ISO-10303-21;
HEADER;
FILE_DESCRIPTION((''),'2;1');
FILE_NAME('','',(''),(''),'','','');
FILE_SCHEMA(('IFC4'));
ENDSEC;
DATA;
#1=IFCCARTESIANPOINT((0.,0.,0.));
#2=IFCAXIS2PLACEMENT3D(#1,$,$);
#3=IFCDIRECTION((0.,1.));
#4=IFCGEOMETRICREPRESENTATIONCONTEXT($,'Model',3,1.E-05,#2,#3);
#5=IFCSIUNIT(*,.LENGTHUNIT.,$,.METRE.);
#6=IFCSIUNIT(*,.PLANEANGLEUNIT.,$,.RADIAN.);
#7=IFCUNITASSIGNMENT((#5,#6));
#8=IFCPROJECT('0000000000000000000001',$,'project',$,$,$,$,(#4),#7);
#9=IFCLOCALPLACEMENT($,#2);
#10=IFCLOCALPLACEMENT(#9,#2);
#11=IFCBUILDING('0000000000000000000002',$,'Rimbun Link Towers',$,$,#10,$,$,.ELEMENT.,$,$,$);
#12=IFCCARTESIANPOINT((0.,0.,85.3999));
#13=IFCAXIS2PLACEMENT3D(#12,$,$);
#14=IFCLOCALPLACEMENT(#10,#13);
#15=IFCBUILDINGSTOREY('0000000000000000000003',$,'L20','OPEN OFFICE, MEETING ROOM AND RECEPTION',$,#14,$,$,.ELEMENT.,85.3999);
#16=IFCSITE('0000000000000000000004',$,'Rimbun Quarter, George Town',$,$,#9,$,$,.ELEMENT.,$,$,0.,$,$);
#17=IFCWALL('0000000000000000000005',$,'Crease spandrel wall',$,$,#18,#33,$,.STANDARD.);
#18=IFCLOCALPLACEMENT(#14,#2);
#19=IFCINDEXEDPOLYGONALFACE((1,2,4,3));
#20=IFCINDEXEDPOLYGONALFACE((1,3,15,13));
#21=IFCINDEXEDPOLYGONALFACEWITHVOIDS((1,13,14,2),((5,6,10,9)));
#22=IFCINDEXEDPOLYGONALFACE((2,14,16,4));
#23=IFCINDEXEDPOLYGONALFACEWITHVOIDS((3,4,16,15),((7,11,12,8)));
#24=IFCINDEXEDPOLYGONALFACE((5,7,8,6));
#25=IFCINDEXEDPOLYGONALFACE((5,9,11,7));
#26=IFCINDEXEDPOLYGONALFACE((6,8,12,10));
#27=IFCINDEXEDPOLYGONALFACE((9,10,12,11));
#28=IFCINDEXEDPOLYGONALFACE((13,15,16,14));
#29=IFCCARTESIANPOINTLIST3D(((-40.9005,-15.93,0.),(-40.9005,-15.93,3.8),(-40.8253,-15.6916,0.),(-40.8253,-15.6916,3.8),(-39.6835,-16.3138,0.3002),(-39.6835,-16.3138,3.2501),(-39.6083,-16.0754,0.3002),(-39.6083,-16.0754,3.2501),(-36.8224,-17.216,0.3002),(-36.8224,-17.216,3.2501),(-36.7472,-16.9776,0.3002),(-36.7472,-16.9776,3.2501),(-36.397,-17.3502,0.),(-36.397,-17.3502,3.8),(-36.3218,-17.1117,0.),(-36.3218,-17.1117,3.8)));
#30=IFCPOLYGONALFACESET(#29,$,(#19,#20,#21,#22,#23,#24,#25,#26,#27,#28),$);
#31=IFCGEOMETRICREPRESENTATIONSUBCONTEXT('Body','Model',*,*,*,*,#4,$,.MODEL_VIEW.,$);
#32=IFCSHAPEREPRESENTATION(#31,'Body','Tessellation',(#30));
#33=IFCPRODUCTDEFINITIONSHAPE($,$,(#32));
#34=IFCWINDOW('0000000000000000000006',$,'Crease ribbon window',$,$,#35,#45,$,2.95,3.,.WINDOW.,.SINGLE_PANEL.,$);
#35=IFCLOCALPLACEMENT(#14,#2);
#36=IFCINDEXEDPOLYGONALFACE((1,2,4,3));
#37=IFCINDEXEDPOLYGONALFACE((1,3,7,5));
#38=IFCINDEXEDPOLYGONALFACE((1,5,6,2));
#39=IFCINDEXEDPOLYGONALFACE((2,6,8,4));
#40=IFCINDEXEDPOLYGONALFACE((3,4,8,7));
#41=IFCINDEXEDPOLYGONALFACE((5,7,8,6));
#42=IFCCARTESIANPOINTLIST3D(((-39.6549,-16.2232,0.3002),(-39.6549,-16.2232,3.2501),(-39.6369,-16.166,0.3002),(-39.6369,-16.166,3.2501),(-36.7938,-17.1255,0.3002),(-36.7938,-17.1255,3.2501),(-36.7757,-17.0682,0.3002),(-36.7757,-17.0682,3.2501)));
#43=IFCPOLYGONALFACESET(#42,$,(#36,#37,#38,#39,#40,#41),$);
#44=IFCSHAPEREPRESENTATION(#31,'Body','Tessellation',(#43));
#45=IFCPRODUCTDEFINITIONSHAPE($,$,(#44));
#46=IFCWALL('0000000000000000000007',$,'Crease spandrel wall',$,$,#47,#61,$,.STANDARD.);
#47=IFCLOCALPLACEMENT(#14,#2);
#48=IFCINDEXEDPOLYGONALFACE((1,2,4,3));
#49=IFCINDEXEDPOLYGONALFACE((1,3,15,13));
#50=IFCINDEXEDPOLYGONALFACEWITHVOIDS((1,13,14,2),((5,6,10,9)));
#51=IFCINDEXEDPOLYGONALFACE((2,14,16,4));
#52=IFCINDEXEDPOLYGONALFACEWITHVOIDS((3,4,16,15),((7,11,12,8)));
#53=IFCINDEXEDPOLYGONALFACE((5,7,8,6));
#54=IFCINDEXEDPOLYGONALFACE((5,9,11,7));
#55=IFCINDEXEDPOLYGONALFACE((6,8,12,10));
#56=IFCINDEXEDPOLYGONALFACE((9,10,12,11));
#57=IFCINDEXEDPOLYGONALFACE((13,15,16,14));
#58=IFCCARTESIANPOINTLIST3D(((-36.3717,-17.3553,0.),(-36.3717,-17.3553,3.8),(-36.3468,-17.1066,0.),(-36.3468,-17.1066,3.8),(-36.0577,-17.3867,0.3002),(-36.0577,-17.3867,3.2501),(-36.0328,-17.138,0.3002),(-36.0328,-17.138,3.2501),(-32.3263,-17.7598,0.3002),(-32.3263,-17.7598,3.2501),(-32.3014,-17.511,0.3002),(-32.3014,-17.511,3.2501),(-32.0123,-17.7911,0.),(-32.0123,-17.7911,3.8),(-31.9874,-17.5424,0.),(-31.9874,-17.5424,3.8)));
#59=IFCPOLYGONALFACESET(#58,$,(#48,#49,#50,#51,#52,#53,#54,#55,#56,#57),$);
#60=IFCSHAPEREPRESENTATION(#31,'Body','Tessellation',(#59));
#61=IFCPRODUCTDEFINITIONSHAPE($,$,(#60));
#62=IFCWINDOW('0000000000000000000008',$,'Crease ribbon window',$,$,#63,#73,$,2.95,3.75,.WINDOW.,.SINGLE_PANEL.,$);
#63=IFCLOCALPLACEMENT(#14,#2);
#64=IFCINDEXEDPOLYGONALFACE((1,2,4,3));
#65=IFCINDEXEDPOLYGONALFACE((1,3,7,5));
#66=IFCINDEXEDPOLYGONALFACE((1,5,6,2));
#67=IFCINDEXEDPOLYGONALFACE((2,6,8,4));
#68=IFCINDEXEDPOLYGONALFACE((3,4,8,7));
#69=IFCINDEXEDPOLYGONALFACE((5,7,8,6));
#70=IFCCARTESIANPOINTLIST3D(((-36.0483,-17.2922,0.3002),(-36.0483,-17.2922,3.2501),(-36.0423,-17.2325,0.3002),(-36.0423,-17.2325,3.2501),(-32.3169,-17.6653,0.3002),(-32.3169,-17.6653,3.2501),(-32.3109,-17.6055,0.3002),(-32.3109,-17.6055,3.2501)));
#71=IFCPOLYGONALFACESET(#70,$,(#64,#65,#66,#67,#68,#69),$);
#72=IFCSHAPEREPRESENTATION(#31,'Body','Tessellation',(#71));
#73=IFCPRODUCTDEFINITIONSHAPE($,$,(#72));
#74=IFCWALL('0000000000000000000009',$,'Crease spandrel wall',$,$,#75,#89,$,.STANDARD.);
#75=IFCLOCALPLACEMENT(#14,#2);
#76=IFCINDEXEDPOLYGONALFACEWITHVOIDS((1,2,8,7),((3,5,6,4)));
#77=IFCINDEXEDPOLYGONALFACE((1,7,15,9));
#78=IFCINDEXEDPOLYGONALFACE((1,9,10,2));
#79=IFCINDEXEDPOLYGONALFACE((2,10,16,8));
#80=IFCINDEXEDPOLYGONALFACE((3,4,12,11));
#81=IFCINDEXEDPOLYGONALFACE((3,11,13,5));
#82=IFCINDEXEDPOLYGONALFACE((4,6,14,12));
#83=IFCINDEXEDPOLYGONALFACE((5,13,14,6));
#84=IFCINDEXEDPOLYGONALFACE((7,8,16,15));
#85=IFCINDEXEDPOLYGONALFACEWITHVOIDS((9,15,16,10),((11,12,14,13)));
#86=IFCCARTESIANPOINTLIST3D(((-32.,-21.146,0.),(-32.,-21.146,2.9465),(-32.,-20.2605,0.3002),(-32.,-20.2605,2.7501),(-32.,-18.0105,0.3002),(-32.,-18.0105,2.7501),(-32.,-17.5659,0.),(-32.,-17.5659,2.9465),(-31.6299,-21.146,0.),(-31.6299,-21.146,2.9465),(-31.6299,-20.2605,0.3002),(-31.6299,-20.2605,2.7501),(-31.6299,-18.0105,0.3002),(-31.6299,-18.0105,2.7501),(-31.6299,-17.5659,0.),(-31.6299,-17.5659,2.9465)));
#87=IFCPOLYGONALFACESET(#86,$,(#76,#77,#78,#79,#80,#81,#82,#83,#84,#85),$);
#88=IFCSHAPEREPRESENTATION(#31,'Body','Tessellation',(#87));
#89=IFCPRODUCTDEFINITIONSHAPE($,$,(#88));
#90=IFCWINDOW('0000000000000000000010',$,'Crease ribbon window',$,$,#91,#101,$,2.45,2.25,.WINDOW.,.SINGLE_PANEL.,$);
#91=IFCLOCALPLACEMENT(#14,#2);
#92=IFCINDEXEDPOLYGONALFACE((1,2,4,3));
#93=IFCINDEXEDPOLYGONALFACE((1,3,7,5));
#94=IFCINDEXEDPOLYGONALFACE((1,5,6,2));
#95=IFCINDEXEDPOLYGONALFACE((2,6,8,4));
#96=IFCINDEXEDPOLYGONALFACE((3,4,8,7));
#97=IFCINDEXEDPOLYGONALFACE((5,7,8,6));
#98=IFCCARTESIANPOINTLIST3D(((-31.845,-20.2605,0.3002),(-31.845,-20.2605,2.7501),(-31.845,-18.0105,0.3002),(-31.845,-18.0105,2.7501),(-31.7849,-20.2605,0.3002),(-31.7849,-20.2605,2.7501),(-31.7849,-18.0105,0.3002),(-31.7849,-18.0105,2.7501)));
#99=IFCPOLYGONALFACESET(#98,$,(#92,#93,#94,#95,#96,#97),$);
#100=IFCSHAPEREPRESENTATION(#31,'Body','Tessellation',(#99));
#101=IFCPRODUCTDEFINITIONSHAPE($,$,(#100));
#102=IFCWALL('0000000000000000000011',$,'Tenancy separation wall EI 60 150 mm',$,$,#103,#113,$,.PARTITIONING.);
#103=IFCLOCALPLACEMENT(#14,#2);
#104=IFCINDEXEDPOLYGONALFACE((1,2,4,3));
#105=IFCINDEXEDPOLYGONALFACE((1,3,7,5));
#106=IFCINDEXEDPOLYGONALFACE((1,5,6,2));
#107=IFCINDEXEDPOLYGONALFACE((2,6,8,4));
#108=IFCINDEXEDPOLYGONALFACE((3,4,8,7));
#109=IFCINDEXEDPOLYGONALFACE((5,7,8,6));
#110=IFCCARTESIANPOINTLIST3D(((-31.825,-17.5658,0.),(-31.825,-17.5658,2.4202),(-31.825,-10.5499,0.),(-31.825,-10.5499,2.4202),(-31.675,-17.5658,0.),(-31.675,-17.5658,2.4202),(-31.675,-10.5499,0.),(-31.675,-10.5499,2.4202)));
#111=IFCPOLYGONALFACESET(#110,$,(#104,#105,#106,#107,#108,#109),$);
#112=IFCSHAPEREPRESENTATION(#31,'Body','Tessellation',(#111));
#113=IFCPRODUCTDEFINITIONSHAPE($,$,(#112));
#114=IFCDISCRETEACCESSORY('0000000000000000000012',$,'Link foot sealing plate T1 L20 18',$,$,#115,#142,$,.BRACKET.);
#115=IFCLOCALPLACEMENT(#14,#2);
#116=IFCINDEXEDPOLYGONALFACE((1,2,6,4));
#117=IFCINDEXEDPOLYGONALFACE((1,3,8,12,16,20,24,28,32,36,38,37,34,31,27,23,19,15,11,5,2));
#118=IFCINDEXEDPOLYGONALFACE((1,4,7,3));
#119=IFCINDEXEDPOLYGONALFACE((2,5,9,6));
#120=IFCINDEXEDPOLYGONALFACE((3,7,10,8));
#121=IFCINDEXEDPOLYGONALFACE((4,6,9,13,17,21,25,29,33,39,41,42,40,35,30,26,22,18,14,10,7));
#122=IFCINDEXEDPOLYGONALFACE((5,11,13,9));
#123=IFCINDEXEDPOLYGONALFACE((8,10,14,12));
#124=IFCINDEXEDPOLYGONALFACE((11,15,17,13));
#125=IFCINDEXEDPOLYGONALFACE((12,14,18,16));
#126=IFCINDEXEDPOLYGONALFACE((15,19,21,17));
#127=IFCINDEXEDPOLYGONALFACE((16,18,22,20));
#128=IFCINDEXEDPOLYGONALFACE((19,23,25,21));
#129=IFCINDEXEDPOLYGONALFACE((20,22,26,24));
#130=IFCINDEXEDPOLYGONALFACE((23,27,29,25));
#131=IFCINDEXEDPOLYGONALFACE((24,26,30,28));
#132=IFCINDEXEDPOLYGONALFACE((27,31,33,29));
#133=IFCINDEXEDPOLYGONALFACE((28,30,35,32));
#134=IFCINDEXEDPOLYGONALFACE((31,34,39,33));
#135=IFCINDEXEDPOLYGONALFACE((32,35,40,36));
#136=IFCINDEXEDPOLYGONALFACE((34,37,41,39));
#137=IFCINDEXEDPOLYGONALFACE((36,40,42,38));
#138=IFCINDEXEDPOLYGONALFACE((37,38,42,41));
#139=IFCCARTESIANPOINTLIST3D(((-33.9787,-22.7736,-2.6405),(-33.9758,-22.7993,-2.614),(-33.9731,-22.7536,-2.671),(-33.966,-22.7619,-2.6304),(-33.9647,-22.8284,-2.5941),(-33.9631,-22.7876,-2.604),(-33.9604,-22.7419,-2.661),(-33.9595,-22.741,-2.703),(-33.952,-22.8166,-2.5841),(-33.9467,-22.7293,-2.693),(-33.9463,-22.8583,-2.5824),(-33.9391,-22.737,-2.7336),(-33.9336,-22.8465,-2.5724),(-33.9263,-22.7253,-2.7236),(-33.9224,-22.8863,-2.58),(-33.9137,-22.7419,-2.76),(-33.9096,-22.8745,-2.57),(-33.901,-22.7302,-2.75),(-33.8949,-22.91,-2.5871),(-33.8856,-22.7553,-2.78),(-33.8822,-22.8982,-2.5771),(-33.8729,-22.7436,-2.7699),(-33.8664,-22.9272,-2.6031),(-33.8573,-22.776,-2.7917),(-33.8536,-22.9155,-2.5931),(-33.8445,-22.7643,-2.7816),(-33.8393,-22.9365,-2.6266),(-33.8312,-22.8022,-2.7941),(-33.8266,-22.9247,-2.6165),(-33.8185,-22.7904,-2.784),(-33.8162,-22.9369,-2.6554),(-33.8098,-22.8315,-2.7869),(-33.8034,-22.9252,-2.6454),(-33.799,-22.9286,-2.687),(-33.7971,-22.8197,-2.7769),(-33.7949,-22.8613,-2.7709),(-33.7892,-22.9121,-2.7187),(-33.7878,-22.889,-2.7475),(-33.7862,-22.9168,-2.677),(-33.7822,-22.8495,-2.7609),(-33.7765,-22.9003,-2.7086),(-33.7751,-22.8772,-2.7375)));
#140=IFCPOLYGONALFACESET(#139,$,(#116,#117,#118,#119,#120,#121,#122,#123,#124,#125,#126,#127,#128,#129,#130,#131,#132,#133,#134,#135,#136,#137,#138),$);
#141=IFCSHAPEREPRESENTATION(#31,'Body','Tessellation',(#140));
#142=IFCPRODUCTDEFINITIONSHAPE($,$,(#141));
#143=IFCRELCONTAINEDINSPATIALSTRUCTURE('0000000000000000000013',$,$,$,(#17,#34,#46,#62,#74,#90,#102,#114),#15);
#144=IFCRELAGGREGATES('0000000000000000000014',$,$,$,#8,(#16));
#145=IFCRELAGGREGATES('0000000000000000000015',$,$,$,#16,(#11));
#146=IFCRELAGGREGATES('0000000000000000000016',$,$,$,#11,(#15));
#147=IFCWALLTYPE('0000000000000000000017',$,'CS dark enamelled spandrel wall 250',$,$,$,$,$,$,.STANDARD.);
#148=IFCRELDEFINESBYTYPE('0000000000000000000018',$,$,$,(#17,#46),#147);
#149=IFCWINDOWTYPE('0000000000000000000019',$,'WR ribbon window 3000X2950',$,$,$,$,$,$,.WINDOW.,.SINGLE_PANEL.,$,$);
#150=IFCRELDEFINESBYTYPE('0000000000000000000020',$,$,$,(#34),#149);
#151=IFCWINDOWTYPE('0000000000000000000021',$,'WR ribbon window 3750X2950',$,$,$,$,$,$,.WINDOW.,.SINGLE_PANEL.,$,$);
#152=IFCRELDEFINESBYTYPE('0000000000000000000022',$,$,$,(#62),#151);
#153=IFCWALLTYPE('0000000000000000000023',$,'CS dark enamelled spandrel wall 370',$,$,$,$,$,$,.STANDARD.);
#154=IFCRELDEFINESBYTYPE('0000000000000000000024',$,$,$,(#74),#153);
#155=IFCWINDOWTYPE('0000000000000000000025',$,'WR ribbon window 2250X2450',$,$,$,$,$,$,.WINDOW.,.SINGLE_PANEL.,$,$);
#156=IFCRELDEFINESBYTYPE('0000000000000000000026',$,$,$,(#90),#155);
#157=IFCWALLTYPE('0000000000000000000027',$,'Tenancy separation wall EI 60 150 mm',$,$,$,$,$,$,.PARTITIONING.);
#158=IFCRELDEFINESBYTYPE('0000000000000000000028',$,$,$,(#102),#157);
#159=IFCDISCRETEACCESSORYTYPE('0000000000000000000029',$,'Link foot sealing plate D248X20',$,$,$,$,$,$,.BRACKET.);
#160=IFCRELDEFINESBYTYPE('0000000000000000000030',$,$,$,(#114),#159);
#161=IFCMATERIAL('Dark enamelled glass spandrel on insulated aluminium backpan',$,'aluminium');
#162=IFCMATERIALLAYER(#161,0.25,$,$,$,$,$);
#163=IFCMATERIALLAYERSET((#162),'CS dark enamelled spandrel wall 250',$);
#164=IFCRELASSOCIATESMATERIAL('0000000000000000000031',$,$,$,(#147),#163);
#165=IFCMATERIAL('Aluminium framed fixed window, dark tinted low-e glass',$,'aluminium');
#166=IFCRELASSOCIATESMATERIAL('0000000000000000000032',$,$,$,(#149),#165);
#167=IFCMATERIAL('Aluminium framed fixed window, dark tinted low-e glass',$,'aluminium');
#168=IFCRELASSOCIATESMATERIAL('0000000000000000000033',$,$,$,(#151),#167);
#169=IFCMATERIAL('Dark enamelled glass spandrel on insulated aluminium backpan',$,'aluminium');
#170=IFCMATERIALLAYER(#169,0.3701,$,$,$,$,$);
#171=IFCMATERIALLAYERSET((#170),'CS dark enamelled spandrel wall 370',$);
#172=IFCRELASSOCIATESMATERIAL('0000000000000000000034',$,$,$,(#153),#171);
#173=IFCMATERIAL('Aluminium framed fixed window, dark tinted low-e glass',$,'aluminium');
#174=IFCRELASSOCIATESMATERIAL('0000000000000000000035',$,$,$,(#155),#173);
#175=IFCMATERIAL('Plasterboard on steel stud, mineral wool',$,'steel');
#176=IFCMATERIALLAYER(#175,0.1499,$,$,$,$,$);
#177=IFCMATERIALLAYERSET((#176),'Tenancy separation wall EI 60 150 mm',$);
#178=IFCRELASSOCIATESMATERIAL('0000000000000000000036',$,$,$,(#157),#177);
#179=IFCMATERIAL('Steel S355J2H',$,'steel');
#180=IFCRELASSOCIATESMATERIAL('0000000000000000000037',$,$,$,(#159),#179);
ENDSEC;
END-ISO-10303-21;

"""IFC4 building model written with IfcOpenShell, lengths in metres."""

from ifc_helpers import new_model, si_unit, direction, frame, frame_2d, origin, origin_2d, place, context, subcontext, project, spatial, rectangle, circle, extrude, material, layer, layer_set, material_profile, profile_set, type_object, element, fill, save


model = new_model("IFC4")

# Units and contexts
model_context = context("Model", 3, precision=1e-05, world=origin(), true_north=direction((0.0, 1.0)))
body_context = subcontext(model_context, "Body", "Model", "MODEL_VIEW")
ifc_project = project(units=[si_unit("LENGTHUNIT", "METRE"), si_unit("PLANEANGLEUNIT", "RADIAN")], contexts=[model_context])

# Site, building, storey
site_placement = place(None, origin())
site = spatial("IfcSite", under=ifc_project, at=site_placement, Name="Rimbun Quarter, George Town", CompositionType="ELEMENT", RefElevation=0.0)
building_placement = place(site_placement, origin())
building = spatial("IfcBuilding", under=site, at=building_placement, Name="Rimbun Link Towers", CompositionType="ELEMENT")
storey_placement = place(building_placement, frame((0.0, 0.0, 85.3999)))
storey = spatial("IfcBuildingStorey", under=building, at=storey_placement, Name="L20", Description="OPEN OFFICE, MEETING ROOM AND RECEPTION", CompositionType="ELEMENT", Elevation=85.3999)

# Walls, openings, windows
ifc_material_1 = material(Name="Dark enamelled glass spandrel on insulated aluminium backpan", Category="aluminium")
ifc_layer_1 = layer(ifc_material_1, 0.25)
ifc_layer_set_1 = layer_set([ifc_layer_1], Name="CS dark enamelled spandrel wall 250")
wall_type_1 = type_object("IfcWallType", Name="CS dark enamelled spandrel wall 250", PredefinedType="STANDARD", material=ifc_layer_set_1)
wall_1_placement = place(storey_placement, frame((-36.3594, -17.231, 0.0), z_axis=(0.0, 0.0, 1.0), x_axis=(-0.953707, 0.300738, 0.0)))
wall_1 = element("IfcWall", 1, at=wall_1_placement, inside=storey, type_object=wall_type_1, Name="Crease spandrel wall", PredefinedType="STANDARD", context=body_context, shape_type="SweptSolid", body=[
    extrude(rectangle(XDim=4.7222, YDim=0.25, at=frame_2d((2.3611, 0.0))), origin(), (0.0, 0.0, 1.0), 3.8),
])
opening_1_placement = place(wall_1_placement, frame((0.446, 0.0, 0.3)))
opening_1 = element("IfcOpeningElement", 2, at=opening_1_placement, cuts=wall_1, PredefinedType="OPENING", context=body_context, shape_type="SweptSolid", body=[
    extrude(rectangle(XDim=3.0, YDim=2.95, at=frame_2d((1.5, 1.4751))), frame((0.0, 0.135, 0.0), z_axis=(0.0, -1.0, 0.0), x_axis=(1.0, 0.0, 0.0)), (0.0, 0.0, 1.0), 0.27),
])
ifc_material_2 = material(Name="Aluminium framed fixed window, dark tinted low-e glass", Category="aluminium")
window_type_1 = type_object("IfcWindowType", Name="WR ribbon window 3000X2950", PartitioningType="SINGLE_PANEL", PredefinedType="WINDOW", material=ifc_material_2)
window_1_placement = place(opening_1_placement, origin())
window_1 = element("IfcWindow", 3, at=window_1_placement, inside=storey, type_object=window_type_1, Name="Crease ribbon window", OverallHeight=2.95, OverallWidth=3.0, PartitioningType="SINGLE_PANEL", PredefinedType="WINDOW", context=body_context, shape_type="SweptSolid", body=[
    extrude(rectangle(XDim=3.0, YDim=2.95, at=frame_2d((1.5, 1.4751))), frame((0.0, 0.03, 0.0), z_axis=(0.0, -1.0, 0.0), x_axis=(1.0, 0.0, 0.0)), (0.0, 0.0, 1.0), 0.0601),
])
fill(opening_1, window_1)
wall_2_placement = place(storey_placement, frame((-32.0, -17.6667, 0.0), z_axis=(0.0, 0.0, 1.0), x_axis=(-0.995041, 0.099471, 0.0)))
wall_2 = element("IfcWall", 4, at=wall_2_placement, inside=storey, type_object=wall_type_1, Name="Crease spandrel wall", PredefinedType="STANDARD", context=body_context, shape_type="SweptSolid", body=[
    extrude(rectangle(XDim=4.3811, YDim=0.25, at=frame_2d((2.1904, 0.0))), origin(), (0.0, 0.0, 1.0), 3.8),
])
opening_2_placement = place(wall_2_placement, frame((0.3154, 0.0, 0.3)))
opening_2 = element("IfcOpeningElement", 5, at=opening_2_placement, cuts=wall_2, PredefinedType="OPENING", context=body_context, shape_type="SweptSolid", body=[
    extrude(rectangle(XDim=3.75, YDim=2.95, at=frame_2d((1.875, 1.4751))), frame((0.0, 0.135, 0.0), z_axis=(0.0, -1.0, 0.0), x_axis=(1.0, 0.0, 0.0)), (0.0, 0.0, 1.0), 0.27),
])
ifc_material_3 = material(Name="Aluminium framed fixed window, dark tinted low-e glass", Category="aluminium")
window_type_2 = type_object("IfcWindowType", Name="WR ribbon window 3750X2950", PartitioningType="SINGLE_PANEL", PredefinedType="WINDOW", material=ifc_material_3)
window_2_placement = place(opening_2_placement, origin())
window_2 = element("IfcWindow", 6, at=window_2_placement, inside=storey, type_object=window_type_2, Name="Crease ribbon window", OverallHeight=2.95, OverallWidth=3.75, PartitioningType="SINGLE_PANEL", PredefinedType="WINDOW", context=body_context, shape_type="SweptSolid", body=[
    extrude(rectangle(XDim=3.75, YDim=2.95, at=frame_2d((1.875, 1.4751))), frame((0.0, 0.03, 0.0), z_axis=(0.0, -1.0, 0.0), x_axis=(1.0, 0.0, 0.0)), (0.0, 0.0, 1.0), 0.0601),
])
fill(opening_2, window_2)
ifc_material_4 = material(Name="Dark enamelled glass spandrel on insulated aluminium backpan", Category="aluminium")
ifc_layer_2 = layer(ifc_material_4, 0.3701)
ifc_layer_set_2 = layer_set([ifc_layer_2], Name="CS dark enamelled spandrel wall 370")
wall_type_2 = type_object("IfcWallType", Name="CS dark enamelled spandrel wall 370", PredefinedType="STANDARD", material=ifc_layer_set_2)
wall_3_placement = place(storey_placement, frame((-31.8149, -21.146, 0.0), z_axis=(0.0, 0.0, 1.0), x_axis=(0.0, 1.0, 0.0)))
wall_3 = element("IfcWall", 7, at=wall_3_placement, inside=storey, type_object=wall_type_2, Name="Crease spandrel wall", PredefinedType="STANDARD", context=body_context, shape_type="SweptSolid", body=[
    extrude(rectangle(XDim=3.5801, YDim=0.3701, at=frame_2d((1.79, 0.0))), origin(), (0.0, 0.0, 1.0), 2.9465),
])
opening_3_placement = place(wall_3_placement, frame((0.8855, 0.0, 0.3)))
opening_3 = element("IfcOpeningElement", 8, at=opening_3_placement, cuts=wall_3, PredefinedType="OPENING", context=body_context, shape_type="SweptSolid", body=[
    extrude(rectangle(XDim=2.25, YDim=2.45, at=frame_2d((1.125, 1.2251))), frame((0.0, 0.1951, 0.0), z_axis=(0.0, -1.0, 0.0), x_axis=(1.0, 0.0, 0.0)), (0.0, 0.0, 1.0), 0.3901),
])
ifc_material_5 = material(Name="Aluminium framed fixed window, dark tinted low-e glass", Category="aluminium")
window_type_3 = type_object("IfcWindowType", Name="WR ribbon window 2250X2450", PartitioningType="SINGLE_PANEL", PredefinedType="WINDOW", material=ifc_material_5)
window_3_placement = place(opening_3_placement, origin())
window_3 = element("IfcWindow", 9, at=window_3_placement, inside=storey, type_object=window_type_3, Name="Crease ribbon window", OverallHeight=2.45, OverallWidth=2.25, PartitioningType="SINGLE_PANEL", PredefinedType="WINDOW", context=body_context, shape_type="SweptSolid", body=[
    extrude(rectangle(XDim=2.25, YDim=2.45, at=frame_2d((1.125, 1.2251))), frame((0.0, 0.03, 0.0), z_axis=(0.0, -1.0, 0.0), x_axis=(1.0, 0.0, 0.0)), (0.0, 0.0, 1.0), 0.0601),
])
fill(opening_3, window_3)

# Wall
ifc_material_6 = material(Name="Plasterboard on steel stud, mineral wool", Category="steel")
ifc_layer_3 = layer(ifc_material_6, 0.1499)
ifc_layer_set_3 = layer_set([ifc_layer_3], Name="Tenancy separation wall EI 60 150 mm")
wall_type_3 = type_object("IfcWallType", Name="Tenancy separation wall EI 60 150 mm", PredefinedType="PARTITIONING", material=ifc_layer_set_3)
wall_4_placement = place(storey_placement, frame((-31.75, -10.55, 0.0), z_axis=(0.0, 0.0, 1.0), x_axis=(0.0, -1.0, 0.0)))
element("IfcWall", 10, at=wall_4_placement, inside=storey, type_object=wall_type_3, Name="Tenancy separation wall EI 60 150 mm", PredefinedType="PARTITIONING", context=body_context, shape_type="SweptSolid", body=[
    extrude(rectangle(XDim=7.0159, YDim=0.1499, at=frame_2d((3.5078, 0.0))), origin(), (0.0, 0.0, 1.0), 2.4202),
])

# Discrete accessory
ifc_material_7 = material(Name="Steel S355J2H", Category="steel")
ifc_material_profile_1 = material_profile(ifc_material_7, circle(Radius=0.124, at=origin_2d()), Name="PL D248")
ifc_profile_set_1 = profile_set([ifc_material_profile_1], Name="Steel S355J2H")
discrete_accessory_type = type_object("IfcDiscreteAccessoryType", Name="Link foot sealing plate D248X20", PredefinedType="BRACKET", material=ifc_profile_set_1)
discrete_accessory_placement = place(storey_placement, frame((-33.8704, -22.8257, -2.677), z_axis=(-0.635803, -0.586895, -0.501306), x_axis=(0.67828, -0.734803, 0.0)))
element("IfcDiscreteAccessory", 11, at=discrete_accessory_placement, inside=storey, type_object=discrete_accessory_type, Name="Link foot sealing plate T1 L20 18", PredefinedType="BRACKET", context=body_context, shape_type="SweptSolid", body=[
    extrude(circle(Radius=0.124, at=origin_2d()), origin(), (0.0, 0.0, 1.0), 0.02),
])

save(model, "model.ifc")
